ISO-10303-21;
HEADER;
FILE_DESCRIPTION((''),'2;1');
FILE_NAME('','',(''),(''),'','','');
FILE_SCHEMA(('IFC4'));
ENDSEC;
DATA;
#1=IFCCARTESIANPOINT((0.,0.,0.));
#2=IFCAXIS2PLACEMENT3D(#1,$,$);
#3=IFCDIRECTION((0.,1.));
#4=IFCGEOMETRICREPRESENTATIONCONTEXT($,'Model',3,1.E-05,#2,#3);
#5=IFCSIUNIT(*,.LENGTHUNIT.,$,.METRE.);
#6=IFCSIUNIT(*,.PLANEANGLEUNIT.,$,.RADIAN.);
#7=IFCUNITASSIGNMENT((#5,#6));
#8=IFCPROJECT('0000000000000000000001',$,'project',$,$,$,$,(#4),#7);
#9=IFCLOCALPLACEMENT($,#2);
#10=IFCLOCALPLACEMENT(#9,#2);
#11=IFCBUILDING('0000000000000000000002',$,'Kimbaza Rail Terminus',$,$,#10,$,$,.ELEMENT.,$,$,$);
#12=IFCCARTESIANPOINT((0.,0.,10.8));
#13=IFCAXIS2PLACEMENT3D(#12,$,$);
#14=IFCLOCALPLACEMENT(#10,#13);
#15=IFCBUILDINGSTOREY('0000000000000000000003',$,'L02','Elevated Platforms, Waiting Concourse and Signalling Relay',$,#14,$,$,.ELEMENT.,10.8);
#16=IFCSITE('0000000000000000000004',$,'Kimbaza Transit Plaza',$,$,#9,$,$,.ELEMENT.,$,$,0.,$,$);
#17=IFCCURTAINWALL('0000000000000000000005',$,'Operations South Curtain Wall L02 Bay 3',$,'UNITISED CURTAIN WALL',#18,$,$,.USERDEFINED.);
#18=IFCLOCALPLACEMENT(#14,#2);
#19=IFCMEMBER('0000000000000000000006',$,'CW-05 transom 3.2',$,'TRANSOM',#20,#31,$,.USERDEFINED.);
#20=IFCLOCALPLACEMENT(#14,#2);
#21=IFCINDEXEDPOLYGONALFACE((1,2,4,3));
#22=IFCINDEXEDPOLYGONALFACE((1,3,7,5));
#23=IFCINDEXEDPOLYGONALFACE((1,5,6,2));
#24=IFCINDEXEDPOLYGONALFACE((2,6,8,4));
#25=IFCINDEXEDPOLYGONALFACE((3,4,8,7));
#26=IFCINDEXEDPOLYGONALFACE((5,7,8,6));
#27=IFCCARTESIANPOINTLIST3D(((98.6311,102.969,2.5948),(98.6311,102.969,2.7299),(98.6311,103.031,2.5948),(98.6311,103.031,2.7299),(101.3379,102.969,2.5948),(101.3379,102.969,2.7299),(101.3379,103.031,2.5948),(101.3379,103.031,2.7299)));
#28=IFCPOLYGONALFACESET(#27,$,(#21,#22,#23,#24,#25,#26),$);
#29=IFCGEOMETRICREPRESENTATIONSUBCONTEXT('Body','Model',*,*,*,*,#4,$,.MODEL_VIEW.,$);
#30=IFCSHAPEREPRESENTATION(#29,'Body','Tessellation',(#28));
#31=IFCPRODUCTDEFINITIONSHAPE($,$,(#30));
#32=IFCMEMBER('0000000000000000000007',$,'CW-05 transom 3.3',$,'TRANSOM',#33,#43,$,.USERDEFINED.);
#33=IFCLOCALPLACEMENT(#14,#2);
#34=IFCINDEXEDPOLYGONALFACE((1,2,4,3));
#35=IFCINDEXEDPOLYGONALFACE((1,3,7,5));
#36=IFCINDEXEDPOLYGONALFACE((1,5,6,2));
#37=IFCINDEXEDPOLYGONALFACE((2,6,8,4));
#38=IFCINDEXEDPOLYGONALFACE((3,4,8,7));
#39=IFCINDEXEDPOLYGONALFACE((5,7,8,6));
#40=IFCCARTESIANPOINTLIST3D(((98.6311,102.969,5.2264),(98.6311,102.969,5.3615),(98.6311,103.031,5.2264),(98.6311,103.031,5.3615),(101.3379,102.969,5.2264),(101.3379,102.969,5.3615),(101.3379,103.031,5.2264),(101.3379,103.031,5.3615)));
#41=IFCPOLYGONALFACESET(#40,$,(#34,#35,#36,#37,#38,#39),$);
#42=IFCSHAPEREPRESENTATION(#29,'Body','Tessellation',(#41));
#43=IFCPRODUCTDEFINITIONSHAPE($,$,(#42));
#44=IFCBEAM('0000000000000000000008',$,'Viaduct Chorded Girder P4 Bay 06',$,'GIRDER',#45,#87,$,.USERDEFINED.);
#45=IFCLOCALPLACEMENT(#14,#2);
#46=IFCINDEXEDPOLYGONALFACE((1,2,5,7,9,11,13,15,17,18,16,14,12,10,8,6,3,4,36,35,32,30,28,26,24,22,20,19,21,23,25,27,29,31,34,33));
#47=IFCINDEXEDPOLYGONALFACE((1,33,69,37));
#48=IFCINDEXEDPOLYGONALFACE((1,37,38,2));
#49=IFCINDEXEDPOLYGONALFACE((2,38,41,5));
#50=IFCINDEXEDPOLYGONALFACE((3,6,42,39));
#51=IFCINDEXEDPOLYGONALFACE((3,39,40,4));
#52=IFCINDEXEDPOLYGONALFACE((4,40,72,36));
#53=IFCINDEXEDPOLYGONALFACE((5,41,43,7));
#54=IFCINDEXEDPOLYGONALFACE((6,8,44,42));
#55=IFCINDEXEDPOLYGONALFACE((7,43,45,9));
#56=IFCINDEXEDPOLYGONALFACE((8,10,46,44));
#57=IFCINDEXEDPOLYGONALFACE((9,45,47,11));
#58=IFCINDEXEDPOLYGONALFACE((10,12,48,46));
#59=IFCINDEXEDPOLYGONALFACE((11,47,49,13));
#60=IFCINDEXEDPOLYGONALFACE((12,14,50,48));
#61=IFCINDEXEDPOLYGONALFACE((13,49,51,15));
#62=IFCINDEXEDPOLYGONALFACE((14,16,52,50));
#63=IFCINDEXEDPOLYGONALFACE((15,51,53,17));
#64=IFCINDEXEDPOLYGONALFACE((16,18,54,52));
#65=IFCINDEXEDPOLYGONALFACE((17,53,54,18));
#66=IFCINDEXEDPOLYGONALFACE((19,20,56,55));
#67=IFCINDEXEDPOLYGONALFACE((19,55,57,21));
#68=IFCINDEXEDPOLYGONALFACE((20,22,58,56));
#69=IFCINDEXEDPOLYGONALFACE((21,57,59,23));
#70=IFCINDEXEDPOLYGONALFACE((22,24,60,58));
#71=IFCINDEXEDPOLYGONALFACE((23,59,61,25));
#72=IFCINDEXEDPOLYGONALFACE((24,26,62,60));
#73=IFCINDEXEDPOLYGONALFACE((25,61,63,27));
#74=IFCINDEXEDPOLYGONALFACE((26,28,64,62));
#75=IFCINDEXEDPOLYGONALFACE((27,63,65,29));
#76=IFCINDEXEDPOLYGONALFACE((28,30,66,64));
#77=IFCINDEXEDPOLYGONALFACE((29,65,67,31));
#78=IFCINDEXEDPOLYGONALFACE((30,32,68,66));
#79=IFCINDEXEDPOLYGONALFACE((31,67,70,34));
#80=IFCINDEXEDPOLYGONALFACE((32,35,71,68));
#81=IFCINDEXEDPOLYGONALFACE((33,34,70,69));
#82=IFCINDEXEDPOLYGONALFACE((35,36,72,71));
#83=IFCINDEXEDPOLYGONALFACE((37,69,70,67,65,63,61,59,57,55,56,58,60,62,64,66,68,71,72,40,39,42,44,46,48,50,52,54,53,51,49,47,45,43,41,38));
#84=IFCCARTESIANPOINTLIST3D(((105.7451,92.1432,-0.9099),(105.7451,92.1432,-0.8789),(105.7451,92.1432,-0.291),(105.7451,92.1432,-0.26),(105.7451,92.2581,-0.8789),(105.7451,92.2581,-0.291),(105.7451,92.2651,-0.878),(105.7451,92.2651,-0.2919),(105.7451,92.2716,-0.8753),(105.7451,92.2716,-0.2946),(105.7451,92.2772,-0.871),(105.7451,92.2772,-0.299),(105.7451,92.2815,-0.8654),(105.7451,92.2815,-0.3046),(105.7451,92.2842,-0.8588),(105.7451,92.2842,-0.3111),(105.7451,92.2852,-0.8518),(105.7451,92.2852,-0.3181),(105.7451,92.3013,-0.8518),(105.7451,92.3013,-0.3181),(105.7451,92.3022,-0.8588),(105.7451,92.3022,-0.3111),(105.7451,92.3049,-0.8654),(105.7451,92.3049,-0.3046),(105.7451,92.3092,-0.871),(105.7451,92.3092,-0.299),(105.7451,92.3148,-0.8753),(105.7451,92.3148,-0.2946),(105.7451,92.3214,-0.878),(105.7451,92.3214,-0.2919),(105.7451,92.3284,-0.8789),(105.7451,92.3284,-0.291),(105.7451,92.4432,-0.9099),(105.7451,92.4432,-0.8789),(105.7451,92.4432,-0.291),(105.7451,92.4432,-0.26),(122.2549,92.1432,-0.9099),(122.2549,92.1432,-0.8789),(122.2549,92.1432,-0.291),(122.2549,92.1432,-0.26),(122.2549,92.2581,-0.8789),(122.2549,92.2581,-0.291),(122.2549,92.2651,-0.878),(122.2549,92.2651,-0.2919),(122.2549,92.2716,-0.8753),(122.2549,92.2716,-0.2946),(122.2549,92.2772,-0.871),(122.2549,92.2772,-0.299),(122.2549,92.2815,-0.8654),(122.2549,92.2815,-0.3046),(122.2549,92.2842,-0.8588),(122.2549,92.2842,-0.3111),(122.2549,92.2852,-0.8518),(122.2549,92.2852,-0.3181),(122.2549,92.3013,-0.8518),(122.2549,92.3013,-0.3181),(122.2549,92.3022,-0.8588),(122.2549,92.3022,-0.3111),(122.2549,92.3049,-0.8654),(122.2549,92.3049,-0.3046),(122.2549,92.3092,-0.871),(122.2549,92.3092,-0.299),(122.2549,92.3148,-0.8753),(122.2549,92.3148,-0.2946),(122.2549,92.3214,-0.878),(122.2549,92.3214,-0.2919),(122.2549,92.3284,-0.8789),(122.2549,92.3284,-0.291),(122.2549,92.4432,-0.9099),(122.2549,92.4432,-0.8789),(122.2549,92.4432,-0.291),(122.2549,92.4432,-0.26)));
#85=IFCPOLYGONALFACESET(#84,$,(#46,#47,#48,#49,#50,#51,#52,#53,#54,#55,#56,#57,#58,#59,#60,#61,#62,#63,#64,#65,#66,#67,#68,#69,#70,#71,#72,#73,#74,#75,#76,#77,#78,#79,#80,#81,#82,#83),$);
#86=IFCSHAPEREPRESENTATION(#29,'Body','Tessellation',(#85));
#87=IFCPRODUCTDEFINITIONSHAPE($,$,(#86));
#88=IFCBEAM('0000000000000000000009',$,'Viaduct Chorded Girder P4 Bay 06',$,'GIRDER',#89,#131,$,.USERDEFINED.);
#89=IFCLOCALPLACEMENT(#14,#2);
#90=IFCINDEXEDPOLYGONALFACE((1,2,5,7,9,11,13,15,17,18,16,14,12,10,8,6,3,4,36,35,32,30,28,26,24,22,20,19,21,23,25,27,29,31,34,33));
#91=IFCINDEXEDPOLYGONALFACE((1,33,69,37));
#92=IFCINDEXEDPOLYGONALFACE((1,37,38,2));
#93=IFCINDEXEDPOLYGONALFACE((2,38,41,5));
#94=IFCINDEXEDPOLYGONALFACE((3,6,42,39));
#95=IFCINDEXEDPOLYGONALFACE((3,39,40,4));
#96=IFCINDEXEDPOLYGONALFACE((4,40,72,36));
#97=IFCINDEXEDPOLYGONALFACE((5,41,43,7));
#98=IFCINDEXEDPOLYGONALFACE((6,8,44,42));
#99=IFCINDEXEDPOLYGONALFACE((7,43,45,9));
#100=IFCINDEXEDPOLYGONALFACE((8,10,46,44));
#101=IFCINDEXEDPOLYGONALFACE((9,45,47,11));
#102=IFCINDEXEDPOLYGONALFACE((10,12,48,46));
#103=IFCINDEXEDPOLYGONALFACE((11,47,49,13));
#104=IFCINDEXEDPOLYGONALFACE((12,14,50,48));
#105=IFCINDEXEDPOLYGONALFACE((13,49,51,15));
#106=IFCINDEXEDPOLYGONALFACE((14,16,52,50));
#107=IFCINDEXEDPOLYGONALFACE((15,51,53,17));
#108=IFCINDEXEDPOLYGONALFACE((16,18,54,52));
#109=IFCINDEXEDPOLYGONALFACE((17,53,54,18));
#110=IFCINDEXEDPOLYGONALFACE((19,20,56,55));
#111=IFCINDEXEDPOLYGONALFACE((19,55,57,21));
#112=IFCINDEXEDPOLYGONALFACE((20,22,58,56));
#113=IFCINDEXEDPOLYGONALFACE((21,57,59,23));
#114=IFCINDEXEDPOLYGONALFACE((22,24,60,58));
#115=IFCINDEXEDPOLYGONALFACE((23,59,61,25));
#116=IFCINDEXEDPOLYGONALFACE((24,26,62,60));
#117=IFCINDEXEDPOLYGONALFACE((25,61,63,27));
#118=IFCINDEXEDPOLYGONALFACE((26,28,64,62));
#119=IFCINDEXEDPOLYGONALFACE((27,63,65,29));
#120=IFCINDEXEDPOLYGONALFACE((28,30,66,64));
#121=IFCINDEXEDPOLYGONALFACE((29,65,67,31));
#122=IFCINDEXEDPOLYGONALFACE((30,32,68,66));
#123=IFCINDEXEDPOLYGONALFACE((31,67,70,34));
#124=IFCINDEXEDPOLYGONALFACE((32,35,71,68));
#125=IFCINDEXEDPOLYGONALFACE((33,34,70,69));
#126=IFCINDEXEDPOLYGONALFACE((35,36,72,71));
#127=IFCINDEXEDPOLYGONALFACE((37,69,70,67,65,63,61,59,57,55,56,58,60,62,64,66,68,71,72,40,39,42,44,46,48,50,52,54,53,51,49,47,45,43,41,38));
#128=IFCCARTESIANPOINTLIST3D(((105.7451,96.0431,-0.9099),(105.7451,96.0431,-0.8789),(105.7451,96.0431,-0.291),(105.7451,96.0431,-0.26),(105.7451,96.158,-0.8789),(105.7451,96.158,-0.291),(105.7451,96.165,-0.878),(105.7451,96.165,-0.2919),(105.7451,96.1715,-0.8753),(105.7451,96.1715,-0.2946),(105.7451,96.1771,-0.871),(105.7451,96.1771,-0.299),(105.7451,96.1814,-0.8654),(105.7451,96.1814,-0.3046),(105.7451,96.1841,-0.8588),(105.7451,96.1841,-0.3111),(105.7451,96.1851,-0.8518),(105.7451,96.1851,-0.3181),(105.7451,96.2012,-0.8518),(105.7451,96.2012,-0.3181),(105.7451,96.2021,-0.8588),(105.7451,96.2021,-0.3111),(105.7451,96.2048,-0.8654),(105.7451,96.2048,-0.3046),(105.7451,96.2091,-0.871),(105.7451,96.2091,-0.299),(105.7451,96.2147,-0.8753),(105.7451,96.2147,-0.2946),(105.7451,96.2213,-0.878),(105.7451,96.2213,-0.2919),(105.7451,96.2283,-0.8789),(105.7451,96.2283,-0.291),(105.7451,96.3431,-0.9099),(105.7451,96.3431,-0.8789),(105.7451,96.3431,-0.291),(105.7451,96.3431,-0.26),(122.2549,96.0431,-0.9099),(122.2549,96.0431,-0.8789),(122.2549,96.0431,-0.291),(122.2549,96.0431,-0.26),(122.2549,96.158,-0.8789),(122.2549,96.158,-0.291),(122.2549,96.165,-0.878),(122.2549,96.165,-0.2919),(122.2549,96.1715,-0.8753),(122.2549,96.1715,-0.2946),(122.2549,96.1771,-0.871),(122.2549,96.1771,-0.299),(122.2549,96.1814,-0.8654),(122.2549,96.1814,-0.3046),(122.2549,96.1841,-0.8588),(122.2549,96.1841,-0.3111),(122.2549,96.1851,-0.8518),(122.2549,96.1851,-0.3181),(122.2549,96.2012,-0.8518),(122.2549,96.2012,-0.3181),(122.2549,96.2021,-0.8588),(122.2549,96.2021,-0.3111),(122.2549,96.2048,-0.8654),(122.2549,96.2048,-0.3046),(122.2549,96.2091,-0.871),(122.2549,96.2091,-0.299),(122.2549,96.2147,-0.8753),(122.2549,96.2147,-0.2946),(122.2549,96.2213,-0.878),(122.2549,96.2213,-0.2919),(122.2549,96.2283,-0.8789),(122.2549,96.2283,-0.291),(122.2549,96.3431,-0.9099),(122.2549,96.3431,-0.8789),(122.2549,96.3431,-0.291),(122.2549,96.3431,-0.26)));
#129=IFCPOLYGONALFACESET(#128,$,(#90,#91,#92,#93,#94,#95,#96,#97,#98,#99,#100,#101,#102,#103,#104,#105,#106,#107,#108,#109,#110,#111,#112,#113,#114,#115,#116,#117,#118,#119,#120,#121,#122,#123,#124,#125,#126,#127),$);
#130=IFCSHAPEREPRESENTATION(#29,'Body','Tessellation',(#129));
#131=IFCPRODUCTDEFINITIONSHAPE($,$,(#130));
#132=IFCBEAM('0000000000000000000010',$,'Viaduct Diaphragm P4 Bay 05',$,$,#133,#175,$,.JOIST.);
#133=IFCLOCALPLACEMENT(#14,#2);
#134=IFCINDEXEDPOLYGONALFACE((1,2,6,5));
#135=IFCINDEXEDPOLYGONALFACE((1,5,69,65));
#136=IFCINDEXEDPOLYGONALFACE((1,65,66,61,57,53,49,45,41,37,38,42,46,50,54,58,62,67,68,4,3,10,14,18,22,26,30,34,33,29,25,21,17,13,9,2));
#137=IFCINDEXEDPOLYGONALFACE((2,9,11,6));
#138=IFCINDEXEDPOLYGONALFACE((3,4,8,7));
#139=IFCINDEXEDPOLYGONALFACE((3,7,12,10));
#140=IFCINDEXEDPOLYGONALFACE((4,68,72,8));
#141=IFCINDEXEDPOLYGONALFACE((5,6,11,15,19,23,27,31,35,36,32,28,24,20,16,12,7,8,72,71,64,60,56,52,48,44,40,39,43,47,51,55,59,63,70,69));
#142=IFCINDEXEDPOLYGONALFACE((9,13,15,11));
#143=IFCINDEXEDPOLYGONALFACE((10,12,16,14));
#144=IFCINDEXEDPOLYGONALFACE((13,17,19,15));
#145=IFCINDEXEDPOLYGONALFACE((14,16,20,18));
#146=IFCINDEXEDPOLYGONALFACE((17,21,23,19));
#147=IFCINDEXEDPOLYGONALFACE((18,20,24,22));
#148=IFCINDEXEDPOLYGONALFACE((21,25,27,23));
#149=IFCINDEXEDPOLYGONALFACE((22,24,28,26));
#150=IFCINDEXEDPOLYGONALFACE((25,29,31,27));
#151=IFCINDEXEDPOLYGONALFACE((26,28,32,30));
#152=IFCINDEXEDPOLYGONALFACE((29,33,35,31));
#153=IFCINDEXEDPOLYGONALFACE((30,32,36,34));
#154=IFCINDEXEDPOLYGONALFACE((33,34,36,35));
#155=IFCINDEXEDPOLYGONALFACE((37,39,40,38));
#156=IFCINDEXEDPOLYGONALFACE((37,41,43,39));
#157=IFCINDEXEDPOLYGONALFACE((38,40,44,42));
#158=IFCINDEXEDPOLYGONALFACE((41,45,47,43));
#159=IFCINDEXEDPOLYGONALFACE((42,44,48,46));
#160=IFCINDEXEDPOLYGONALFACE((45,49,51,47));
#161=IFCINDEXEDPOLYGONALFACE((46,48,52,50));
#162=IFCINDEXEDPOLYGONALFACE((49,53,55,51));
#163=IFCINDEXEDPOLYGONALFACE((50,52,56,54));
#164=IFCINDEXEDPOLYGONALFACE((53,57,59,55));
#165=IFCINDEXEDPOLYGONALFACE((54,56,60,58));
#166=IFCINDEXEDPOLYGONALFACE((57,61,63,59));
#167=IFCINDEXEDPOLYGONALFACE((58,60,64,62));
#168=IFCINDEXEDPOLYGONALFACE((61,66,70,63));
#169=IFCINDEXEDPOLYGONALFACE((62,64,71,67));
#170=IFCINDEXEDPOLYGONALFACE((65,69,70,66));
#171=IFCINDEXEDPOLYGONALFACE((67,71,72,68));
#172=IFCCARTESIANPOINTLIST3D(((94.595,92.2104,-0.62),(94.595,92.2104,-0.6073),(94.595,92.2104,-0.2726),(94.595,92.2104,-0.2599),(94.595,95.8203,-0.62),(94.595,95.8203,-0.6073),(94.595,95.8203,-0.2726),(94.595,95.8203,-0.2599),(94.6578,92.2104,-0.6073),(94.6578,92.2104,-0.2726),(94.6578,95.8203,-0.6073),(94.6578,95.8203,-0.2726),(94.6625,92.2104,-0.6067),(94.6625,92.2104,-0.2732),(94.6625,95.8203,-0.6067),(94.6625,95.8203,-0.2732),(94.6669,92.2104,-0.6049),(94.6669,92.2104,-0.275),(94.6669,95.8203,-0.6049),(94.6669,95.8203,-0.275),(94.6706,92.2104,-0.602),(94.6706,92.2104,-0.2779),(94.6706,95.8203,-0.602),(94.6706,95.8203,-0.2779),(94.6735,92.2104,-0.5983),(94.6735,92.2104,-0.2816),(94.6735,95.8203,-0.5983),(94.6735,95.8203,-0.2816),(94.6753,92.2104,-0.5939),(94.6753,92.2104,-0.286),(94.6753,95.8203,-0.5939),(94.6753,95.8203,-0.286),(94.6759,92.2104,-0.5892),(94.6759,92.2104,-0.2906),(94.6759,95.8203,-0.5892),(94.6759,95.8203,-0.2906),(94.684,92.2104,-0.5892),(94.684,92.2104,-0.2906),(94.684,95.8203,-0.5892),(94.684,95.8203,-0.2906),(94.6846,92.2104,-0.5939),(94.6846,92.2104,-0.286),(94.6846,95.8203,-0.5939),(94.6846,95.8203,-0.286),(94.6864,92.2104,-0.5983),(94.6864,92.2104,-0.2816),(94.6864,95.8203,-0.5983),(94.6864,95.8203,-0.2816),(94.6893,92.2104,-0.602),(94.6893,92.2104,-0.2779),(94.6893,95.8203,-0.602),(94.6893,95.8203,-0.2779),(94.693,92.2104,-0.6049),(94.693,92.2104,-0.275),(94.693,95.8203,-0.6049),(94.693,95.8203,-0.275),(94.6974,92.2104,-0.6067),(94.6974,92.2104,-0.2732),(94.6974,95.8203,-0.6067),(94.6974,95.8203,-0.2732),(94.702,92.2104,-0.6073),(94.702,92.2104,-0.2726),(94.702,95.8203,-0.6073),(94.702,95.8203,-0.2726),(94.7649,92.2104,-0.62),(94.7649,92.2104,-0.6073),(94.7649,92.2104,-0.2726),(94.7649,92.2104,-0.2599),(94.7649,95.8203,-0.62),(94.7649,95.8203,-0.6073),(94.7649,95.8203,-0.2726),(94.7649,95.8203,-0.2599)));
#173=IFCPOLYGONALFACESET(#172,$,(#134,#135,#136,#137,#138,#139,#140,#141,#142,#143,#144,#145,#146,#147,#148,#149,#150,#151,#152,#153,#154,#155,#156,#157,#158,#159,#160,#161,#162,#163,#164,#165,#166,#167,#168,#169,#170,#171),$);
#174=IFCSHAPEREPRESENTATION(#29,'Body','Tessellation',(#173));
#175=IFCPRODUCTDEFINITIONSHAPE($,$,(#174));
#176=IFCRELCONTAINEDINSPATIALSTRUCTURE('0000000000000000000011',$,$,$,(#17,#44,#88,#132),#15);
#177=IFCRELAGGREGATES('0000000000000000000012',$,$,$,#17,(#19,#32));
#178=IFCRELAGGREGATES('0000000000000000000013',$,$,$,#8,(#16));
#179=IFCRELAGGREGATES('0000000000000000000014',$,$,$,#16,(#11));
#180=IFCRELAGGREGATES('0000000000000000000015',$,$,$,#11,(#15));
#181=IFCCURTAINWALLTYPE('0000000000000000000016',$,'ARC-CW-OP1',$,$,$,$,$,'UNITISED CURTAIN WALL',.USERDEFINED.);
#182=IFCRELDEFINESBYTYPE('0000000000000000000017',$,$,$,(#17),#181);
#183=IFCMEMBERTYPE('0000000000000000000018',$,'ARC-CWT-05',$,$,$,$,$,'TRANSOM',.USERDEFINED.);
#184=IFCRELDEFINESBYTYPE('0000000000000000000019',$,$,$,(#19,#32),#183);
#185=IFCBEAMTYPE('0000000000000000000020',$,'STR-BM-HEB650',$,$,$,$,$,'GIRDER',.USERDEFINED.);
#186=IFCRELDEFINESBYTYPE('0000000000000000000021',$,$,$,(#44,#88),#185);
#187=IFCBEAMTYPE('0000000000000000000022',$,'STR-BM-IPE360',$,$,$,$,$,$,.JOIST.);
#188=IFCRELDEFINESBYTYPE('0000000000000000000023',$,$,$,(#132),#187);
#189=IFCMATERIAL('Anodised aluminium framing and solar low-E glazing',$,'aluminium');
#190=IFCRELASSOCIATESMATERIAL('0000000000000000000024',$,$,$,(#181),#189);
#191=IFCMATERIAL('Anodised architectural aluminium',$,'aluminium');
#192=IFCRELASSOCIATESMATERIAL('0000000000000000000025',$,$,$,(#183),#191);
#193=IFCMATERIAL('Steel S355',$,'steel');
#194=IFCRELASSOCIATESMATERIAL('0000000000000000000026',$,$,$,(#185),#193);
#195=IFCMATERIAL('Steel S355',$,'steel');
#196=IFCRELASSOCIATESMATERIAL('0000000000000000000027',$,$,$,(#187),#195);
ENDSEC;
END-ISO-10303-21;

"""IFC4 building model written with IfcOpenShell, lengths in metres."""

from ifc_helpers import new_model, si_unit, direction, frame, origin, origin_2d, place, context, subcontext, project, spatial, rectangle, i_section, extrude, material, material_profile, profile_set, type_object, element, aggregate, save


model = new_model("IFC4")

# Units and contexts
model_context = context("Model", 3, precision=1e-05, world=origin(), true_north=direction((0.0, 1.0)))
body_context = subcontext(model_context, "Body", "Model", "MODEL_VIEW")
ifc_project = project(units=[si_unit("LENGTHUNIT", "METRE"), si_unit("PLANEANGLEUNIT", "RADIAN")], contexts=[model_context])

# Site, building, storey
site_placement = place(None, origin())
site = spatial("IfcSite", under=ifc_project, at=site_placement, Name="Kimbaza Transit Plaza", CompositionType="ELEMENT", RefElevation=0.0)
building_placement = place(site_placement, origin())
building = spatial("IfcBuilding", under=site, at=building_placement, Name="Kimbaza Rail Terminus", CompositionType="ELEMENT")
storey_placement = place(building_placement, frame((0.0, 0.0, 10.8)))
storey = spatial("IfcBuildingStorey", under=building, at=storey_placement, Name="L02", Description="Elevated Platforms, Waiting Concourse and Signalling Relay", CompositionType="ELEMENT", Elevation=10.8)

# Curtain wall, members
ifc_material_1 = material(Name="Anodised aluminium framing and solar low-E glazing", Category="aluminium")
curtain_wall_type = type_object("IfcCurtainWallType", Name="ARC-CW-OP1", ElementType="UNITISED CURTAIN WALL", PredefinedType="USERDEFINED", material=ifc_material_1)
curtain_wall_placement = place(storey_placement, origin())
curtain_wall = element("IfcCurtainWall", 1, at=curtain_wall_placement, inside=storey, type_object=curtain_wall_type, Name="Operations South Curtain Wall L02 Bay 3", ObjectType="UNITISED CURTAIN WALL", PredefinedType="USERDEFINED")
ifc_material_2 = material(Name="Anodised architectural aluminium", Category="aluminium")
ifc_material_profile_1 = material_profile(ifc_material_2, rectangle(XDim=0.062, YDim=0.135, at=origin_2d()), Name="TRANSOM 62x135")
ifc_profile_set_1 = profile_set([ifc_material_profile_1], Name="Anodised architectural aluminium")
member_type_1 = type_object("IfcMemberType", Name="ARC-CWT-05", ElementType="TRANSOM", PredefinedType="USERDEFINED", material=ifc_profile_set_1)
member_1_placement = place(storey_placement, frame((98.6311, 103.0, 2.6624), z_axis=(1.0, 0.0, 0.0), x_axis=(0.0, 1.0, 0.0)))
member_1 = element("IfcMember", 2, at=member_1_placement, type_object=member_type_1, Name="CW-05 transom 3.2", ObjectType="TRANSOM", PredefinedType="USERDEFINED", context=body_context, shape_type="SweptSolid", body=[
    extrude(rectangle(XDim=0.062, YDim=0.135, at=origin_2d()), origin(), (0.0, 0.0, 1.0), 2.7068),
])
member_2_placement = place(storey_placement, frame((98.6311, 103.0, 5.2939), z_axis=(1.0, 0.0, 0.0), x_axis=(0.0, 1.0, 0.0)))
member_2 = element("IfcMember", 3, at=member_2_placement, type_object=member_type_1, Name="CW-05 transom 3.3", ObjectType="TRANSOM", PredefinedType="USERDEFINED", context=body_context, shape_type="SweptSolid", body=[
    extrude(rectangle(XDim=0.062, YDim=0.135, at=origin_2d()), origin(), (0.0, 0.0, 1.0), 2.7068),
])

# Beams
ifc_material_3 = material(Name="Steel S355", Category="steel")
ifc_material_profile_2 = material_profile(ifc_material_3, i_section(OverallWidth=0.3, OverallDepth=0.6499, WebThickness=0.0161, FlangeThickness=0.031, FilletRadius=0.0271, at=origin_2d()), Name="HEB 650")
ifc_profile_set_2 = profile_set([ifc_material_profile_2], Name="Steel S355")
beam_type_1 = type_object("IfcBeamType", Name="STR-BM-HEB650", ElementType="GIRDER", PredefinedType="USERDEFINED", material=ifc_profile_set_2)
for number, where, z_axis, x_axis, name in (
    (4, (105.7451, 92.2932, -0.585), (1.0, 0.0, 0.0), (0.0, 1.0, 0.0), "Viaduct Chorded Girder P4 Bay 06"),
    (5, (105.7451, 96.1931, -0.585), (1.0, 0.0, 0.0), (0.0, 1.0, 0.0), "Viaduct Chorded Girder P4 Bay 06"),
):
    element("IfcBeam", number, at=place(storey_placement, frame(where, z_axis=z_axis, x_axis=x_axis)), inside=storey, type_object=beam_type_1, Name=name, ObjectType="GIRDER", PredefinedType="USERDEFINED", context=body_context, shape_type="SweptSolid", body=[
        extrude(i_section(OverallWidth=0.3, OverallDepth=0.6499, WebThickness=0.0161, FlangeThickness=0.031, FilletRadius=0.0271, at=origin_2d()), origin(), (0.0, 0.0, 1.0), 16.5098),
    ])
ifc_material_4 = material(Name="Steel S355", Category="steel")
ifc_material_profile_3 = material_profile(ifc_material_4, i_section(OverallWidth=0.1699, OverallDepth=0.3601, WebThickness=0.0081, FlangeThickness=0.0127, FilletRadius=0.0181, at=origin_2d()), Name="IPE 360")
ifc_profile_set_3 = profile_set([ifc_material_profile_3], Name="Steel S355")
beam_type_2 = type_object("IfcBeamType", Name="STR-BM-IPE360", PredefinedType="JOIST", material=ifc_profile_set_3)
beam_1_placement = place(storey_placement, frame((94.6799, 92.2104, -0.4399), z_axis=(0.0, 1.0, 0.0), x_axis=(-1.0, 0.0, 0.0)))
element("IfcBeam", 6, at=beam_1_placement, inside=storey, type_object=beam_type_2, Name="Viaduct Diaphragm P4 Bay 05", PredefinedType="JOIST", context=body_context, shape_type="SweptSolid", body=[
    extrude(i_section(OverallWidth=0.1699, OverallDepth=0.3601, WebThickness=0.0081, FlangeThickness=0.0127, FilletRadius=0.0181, at=origin_2d()), origin(), (0.0, 0.0, 1.0), 3.6099),
])

aggregate(curtain_wall, [member_1, member_2])

save(model, "model.ifc")
